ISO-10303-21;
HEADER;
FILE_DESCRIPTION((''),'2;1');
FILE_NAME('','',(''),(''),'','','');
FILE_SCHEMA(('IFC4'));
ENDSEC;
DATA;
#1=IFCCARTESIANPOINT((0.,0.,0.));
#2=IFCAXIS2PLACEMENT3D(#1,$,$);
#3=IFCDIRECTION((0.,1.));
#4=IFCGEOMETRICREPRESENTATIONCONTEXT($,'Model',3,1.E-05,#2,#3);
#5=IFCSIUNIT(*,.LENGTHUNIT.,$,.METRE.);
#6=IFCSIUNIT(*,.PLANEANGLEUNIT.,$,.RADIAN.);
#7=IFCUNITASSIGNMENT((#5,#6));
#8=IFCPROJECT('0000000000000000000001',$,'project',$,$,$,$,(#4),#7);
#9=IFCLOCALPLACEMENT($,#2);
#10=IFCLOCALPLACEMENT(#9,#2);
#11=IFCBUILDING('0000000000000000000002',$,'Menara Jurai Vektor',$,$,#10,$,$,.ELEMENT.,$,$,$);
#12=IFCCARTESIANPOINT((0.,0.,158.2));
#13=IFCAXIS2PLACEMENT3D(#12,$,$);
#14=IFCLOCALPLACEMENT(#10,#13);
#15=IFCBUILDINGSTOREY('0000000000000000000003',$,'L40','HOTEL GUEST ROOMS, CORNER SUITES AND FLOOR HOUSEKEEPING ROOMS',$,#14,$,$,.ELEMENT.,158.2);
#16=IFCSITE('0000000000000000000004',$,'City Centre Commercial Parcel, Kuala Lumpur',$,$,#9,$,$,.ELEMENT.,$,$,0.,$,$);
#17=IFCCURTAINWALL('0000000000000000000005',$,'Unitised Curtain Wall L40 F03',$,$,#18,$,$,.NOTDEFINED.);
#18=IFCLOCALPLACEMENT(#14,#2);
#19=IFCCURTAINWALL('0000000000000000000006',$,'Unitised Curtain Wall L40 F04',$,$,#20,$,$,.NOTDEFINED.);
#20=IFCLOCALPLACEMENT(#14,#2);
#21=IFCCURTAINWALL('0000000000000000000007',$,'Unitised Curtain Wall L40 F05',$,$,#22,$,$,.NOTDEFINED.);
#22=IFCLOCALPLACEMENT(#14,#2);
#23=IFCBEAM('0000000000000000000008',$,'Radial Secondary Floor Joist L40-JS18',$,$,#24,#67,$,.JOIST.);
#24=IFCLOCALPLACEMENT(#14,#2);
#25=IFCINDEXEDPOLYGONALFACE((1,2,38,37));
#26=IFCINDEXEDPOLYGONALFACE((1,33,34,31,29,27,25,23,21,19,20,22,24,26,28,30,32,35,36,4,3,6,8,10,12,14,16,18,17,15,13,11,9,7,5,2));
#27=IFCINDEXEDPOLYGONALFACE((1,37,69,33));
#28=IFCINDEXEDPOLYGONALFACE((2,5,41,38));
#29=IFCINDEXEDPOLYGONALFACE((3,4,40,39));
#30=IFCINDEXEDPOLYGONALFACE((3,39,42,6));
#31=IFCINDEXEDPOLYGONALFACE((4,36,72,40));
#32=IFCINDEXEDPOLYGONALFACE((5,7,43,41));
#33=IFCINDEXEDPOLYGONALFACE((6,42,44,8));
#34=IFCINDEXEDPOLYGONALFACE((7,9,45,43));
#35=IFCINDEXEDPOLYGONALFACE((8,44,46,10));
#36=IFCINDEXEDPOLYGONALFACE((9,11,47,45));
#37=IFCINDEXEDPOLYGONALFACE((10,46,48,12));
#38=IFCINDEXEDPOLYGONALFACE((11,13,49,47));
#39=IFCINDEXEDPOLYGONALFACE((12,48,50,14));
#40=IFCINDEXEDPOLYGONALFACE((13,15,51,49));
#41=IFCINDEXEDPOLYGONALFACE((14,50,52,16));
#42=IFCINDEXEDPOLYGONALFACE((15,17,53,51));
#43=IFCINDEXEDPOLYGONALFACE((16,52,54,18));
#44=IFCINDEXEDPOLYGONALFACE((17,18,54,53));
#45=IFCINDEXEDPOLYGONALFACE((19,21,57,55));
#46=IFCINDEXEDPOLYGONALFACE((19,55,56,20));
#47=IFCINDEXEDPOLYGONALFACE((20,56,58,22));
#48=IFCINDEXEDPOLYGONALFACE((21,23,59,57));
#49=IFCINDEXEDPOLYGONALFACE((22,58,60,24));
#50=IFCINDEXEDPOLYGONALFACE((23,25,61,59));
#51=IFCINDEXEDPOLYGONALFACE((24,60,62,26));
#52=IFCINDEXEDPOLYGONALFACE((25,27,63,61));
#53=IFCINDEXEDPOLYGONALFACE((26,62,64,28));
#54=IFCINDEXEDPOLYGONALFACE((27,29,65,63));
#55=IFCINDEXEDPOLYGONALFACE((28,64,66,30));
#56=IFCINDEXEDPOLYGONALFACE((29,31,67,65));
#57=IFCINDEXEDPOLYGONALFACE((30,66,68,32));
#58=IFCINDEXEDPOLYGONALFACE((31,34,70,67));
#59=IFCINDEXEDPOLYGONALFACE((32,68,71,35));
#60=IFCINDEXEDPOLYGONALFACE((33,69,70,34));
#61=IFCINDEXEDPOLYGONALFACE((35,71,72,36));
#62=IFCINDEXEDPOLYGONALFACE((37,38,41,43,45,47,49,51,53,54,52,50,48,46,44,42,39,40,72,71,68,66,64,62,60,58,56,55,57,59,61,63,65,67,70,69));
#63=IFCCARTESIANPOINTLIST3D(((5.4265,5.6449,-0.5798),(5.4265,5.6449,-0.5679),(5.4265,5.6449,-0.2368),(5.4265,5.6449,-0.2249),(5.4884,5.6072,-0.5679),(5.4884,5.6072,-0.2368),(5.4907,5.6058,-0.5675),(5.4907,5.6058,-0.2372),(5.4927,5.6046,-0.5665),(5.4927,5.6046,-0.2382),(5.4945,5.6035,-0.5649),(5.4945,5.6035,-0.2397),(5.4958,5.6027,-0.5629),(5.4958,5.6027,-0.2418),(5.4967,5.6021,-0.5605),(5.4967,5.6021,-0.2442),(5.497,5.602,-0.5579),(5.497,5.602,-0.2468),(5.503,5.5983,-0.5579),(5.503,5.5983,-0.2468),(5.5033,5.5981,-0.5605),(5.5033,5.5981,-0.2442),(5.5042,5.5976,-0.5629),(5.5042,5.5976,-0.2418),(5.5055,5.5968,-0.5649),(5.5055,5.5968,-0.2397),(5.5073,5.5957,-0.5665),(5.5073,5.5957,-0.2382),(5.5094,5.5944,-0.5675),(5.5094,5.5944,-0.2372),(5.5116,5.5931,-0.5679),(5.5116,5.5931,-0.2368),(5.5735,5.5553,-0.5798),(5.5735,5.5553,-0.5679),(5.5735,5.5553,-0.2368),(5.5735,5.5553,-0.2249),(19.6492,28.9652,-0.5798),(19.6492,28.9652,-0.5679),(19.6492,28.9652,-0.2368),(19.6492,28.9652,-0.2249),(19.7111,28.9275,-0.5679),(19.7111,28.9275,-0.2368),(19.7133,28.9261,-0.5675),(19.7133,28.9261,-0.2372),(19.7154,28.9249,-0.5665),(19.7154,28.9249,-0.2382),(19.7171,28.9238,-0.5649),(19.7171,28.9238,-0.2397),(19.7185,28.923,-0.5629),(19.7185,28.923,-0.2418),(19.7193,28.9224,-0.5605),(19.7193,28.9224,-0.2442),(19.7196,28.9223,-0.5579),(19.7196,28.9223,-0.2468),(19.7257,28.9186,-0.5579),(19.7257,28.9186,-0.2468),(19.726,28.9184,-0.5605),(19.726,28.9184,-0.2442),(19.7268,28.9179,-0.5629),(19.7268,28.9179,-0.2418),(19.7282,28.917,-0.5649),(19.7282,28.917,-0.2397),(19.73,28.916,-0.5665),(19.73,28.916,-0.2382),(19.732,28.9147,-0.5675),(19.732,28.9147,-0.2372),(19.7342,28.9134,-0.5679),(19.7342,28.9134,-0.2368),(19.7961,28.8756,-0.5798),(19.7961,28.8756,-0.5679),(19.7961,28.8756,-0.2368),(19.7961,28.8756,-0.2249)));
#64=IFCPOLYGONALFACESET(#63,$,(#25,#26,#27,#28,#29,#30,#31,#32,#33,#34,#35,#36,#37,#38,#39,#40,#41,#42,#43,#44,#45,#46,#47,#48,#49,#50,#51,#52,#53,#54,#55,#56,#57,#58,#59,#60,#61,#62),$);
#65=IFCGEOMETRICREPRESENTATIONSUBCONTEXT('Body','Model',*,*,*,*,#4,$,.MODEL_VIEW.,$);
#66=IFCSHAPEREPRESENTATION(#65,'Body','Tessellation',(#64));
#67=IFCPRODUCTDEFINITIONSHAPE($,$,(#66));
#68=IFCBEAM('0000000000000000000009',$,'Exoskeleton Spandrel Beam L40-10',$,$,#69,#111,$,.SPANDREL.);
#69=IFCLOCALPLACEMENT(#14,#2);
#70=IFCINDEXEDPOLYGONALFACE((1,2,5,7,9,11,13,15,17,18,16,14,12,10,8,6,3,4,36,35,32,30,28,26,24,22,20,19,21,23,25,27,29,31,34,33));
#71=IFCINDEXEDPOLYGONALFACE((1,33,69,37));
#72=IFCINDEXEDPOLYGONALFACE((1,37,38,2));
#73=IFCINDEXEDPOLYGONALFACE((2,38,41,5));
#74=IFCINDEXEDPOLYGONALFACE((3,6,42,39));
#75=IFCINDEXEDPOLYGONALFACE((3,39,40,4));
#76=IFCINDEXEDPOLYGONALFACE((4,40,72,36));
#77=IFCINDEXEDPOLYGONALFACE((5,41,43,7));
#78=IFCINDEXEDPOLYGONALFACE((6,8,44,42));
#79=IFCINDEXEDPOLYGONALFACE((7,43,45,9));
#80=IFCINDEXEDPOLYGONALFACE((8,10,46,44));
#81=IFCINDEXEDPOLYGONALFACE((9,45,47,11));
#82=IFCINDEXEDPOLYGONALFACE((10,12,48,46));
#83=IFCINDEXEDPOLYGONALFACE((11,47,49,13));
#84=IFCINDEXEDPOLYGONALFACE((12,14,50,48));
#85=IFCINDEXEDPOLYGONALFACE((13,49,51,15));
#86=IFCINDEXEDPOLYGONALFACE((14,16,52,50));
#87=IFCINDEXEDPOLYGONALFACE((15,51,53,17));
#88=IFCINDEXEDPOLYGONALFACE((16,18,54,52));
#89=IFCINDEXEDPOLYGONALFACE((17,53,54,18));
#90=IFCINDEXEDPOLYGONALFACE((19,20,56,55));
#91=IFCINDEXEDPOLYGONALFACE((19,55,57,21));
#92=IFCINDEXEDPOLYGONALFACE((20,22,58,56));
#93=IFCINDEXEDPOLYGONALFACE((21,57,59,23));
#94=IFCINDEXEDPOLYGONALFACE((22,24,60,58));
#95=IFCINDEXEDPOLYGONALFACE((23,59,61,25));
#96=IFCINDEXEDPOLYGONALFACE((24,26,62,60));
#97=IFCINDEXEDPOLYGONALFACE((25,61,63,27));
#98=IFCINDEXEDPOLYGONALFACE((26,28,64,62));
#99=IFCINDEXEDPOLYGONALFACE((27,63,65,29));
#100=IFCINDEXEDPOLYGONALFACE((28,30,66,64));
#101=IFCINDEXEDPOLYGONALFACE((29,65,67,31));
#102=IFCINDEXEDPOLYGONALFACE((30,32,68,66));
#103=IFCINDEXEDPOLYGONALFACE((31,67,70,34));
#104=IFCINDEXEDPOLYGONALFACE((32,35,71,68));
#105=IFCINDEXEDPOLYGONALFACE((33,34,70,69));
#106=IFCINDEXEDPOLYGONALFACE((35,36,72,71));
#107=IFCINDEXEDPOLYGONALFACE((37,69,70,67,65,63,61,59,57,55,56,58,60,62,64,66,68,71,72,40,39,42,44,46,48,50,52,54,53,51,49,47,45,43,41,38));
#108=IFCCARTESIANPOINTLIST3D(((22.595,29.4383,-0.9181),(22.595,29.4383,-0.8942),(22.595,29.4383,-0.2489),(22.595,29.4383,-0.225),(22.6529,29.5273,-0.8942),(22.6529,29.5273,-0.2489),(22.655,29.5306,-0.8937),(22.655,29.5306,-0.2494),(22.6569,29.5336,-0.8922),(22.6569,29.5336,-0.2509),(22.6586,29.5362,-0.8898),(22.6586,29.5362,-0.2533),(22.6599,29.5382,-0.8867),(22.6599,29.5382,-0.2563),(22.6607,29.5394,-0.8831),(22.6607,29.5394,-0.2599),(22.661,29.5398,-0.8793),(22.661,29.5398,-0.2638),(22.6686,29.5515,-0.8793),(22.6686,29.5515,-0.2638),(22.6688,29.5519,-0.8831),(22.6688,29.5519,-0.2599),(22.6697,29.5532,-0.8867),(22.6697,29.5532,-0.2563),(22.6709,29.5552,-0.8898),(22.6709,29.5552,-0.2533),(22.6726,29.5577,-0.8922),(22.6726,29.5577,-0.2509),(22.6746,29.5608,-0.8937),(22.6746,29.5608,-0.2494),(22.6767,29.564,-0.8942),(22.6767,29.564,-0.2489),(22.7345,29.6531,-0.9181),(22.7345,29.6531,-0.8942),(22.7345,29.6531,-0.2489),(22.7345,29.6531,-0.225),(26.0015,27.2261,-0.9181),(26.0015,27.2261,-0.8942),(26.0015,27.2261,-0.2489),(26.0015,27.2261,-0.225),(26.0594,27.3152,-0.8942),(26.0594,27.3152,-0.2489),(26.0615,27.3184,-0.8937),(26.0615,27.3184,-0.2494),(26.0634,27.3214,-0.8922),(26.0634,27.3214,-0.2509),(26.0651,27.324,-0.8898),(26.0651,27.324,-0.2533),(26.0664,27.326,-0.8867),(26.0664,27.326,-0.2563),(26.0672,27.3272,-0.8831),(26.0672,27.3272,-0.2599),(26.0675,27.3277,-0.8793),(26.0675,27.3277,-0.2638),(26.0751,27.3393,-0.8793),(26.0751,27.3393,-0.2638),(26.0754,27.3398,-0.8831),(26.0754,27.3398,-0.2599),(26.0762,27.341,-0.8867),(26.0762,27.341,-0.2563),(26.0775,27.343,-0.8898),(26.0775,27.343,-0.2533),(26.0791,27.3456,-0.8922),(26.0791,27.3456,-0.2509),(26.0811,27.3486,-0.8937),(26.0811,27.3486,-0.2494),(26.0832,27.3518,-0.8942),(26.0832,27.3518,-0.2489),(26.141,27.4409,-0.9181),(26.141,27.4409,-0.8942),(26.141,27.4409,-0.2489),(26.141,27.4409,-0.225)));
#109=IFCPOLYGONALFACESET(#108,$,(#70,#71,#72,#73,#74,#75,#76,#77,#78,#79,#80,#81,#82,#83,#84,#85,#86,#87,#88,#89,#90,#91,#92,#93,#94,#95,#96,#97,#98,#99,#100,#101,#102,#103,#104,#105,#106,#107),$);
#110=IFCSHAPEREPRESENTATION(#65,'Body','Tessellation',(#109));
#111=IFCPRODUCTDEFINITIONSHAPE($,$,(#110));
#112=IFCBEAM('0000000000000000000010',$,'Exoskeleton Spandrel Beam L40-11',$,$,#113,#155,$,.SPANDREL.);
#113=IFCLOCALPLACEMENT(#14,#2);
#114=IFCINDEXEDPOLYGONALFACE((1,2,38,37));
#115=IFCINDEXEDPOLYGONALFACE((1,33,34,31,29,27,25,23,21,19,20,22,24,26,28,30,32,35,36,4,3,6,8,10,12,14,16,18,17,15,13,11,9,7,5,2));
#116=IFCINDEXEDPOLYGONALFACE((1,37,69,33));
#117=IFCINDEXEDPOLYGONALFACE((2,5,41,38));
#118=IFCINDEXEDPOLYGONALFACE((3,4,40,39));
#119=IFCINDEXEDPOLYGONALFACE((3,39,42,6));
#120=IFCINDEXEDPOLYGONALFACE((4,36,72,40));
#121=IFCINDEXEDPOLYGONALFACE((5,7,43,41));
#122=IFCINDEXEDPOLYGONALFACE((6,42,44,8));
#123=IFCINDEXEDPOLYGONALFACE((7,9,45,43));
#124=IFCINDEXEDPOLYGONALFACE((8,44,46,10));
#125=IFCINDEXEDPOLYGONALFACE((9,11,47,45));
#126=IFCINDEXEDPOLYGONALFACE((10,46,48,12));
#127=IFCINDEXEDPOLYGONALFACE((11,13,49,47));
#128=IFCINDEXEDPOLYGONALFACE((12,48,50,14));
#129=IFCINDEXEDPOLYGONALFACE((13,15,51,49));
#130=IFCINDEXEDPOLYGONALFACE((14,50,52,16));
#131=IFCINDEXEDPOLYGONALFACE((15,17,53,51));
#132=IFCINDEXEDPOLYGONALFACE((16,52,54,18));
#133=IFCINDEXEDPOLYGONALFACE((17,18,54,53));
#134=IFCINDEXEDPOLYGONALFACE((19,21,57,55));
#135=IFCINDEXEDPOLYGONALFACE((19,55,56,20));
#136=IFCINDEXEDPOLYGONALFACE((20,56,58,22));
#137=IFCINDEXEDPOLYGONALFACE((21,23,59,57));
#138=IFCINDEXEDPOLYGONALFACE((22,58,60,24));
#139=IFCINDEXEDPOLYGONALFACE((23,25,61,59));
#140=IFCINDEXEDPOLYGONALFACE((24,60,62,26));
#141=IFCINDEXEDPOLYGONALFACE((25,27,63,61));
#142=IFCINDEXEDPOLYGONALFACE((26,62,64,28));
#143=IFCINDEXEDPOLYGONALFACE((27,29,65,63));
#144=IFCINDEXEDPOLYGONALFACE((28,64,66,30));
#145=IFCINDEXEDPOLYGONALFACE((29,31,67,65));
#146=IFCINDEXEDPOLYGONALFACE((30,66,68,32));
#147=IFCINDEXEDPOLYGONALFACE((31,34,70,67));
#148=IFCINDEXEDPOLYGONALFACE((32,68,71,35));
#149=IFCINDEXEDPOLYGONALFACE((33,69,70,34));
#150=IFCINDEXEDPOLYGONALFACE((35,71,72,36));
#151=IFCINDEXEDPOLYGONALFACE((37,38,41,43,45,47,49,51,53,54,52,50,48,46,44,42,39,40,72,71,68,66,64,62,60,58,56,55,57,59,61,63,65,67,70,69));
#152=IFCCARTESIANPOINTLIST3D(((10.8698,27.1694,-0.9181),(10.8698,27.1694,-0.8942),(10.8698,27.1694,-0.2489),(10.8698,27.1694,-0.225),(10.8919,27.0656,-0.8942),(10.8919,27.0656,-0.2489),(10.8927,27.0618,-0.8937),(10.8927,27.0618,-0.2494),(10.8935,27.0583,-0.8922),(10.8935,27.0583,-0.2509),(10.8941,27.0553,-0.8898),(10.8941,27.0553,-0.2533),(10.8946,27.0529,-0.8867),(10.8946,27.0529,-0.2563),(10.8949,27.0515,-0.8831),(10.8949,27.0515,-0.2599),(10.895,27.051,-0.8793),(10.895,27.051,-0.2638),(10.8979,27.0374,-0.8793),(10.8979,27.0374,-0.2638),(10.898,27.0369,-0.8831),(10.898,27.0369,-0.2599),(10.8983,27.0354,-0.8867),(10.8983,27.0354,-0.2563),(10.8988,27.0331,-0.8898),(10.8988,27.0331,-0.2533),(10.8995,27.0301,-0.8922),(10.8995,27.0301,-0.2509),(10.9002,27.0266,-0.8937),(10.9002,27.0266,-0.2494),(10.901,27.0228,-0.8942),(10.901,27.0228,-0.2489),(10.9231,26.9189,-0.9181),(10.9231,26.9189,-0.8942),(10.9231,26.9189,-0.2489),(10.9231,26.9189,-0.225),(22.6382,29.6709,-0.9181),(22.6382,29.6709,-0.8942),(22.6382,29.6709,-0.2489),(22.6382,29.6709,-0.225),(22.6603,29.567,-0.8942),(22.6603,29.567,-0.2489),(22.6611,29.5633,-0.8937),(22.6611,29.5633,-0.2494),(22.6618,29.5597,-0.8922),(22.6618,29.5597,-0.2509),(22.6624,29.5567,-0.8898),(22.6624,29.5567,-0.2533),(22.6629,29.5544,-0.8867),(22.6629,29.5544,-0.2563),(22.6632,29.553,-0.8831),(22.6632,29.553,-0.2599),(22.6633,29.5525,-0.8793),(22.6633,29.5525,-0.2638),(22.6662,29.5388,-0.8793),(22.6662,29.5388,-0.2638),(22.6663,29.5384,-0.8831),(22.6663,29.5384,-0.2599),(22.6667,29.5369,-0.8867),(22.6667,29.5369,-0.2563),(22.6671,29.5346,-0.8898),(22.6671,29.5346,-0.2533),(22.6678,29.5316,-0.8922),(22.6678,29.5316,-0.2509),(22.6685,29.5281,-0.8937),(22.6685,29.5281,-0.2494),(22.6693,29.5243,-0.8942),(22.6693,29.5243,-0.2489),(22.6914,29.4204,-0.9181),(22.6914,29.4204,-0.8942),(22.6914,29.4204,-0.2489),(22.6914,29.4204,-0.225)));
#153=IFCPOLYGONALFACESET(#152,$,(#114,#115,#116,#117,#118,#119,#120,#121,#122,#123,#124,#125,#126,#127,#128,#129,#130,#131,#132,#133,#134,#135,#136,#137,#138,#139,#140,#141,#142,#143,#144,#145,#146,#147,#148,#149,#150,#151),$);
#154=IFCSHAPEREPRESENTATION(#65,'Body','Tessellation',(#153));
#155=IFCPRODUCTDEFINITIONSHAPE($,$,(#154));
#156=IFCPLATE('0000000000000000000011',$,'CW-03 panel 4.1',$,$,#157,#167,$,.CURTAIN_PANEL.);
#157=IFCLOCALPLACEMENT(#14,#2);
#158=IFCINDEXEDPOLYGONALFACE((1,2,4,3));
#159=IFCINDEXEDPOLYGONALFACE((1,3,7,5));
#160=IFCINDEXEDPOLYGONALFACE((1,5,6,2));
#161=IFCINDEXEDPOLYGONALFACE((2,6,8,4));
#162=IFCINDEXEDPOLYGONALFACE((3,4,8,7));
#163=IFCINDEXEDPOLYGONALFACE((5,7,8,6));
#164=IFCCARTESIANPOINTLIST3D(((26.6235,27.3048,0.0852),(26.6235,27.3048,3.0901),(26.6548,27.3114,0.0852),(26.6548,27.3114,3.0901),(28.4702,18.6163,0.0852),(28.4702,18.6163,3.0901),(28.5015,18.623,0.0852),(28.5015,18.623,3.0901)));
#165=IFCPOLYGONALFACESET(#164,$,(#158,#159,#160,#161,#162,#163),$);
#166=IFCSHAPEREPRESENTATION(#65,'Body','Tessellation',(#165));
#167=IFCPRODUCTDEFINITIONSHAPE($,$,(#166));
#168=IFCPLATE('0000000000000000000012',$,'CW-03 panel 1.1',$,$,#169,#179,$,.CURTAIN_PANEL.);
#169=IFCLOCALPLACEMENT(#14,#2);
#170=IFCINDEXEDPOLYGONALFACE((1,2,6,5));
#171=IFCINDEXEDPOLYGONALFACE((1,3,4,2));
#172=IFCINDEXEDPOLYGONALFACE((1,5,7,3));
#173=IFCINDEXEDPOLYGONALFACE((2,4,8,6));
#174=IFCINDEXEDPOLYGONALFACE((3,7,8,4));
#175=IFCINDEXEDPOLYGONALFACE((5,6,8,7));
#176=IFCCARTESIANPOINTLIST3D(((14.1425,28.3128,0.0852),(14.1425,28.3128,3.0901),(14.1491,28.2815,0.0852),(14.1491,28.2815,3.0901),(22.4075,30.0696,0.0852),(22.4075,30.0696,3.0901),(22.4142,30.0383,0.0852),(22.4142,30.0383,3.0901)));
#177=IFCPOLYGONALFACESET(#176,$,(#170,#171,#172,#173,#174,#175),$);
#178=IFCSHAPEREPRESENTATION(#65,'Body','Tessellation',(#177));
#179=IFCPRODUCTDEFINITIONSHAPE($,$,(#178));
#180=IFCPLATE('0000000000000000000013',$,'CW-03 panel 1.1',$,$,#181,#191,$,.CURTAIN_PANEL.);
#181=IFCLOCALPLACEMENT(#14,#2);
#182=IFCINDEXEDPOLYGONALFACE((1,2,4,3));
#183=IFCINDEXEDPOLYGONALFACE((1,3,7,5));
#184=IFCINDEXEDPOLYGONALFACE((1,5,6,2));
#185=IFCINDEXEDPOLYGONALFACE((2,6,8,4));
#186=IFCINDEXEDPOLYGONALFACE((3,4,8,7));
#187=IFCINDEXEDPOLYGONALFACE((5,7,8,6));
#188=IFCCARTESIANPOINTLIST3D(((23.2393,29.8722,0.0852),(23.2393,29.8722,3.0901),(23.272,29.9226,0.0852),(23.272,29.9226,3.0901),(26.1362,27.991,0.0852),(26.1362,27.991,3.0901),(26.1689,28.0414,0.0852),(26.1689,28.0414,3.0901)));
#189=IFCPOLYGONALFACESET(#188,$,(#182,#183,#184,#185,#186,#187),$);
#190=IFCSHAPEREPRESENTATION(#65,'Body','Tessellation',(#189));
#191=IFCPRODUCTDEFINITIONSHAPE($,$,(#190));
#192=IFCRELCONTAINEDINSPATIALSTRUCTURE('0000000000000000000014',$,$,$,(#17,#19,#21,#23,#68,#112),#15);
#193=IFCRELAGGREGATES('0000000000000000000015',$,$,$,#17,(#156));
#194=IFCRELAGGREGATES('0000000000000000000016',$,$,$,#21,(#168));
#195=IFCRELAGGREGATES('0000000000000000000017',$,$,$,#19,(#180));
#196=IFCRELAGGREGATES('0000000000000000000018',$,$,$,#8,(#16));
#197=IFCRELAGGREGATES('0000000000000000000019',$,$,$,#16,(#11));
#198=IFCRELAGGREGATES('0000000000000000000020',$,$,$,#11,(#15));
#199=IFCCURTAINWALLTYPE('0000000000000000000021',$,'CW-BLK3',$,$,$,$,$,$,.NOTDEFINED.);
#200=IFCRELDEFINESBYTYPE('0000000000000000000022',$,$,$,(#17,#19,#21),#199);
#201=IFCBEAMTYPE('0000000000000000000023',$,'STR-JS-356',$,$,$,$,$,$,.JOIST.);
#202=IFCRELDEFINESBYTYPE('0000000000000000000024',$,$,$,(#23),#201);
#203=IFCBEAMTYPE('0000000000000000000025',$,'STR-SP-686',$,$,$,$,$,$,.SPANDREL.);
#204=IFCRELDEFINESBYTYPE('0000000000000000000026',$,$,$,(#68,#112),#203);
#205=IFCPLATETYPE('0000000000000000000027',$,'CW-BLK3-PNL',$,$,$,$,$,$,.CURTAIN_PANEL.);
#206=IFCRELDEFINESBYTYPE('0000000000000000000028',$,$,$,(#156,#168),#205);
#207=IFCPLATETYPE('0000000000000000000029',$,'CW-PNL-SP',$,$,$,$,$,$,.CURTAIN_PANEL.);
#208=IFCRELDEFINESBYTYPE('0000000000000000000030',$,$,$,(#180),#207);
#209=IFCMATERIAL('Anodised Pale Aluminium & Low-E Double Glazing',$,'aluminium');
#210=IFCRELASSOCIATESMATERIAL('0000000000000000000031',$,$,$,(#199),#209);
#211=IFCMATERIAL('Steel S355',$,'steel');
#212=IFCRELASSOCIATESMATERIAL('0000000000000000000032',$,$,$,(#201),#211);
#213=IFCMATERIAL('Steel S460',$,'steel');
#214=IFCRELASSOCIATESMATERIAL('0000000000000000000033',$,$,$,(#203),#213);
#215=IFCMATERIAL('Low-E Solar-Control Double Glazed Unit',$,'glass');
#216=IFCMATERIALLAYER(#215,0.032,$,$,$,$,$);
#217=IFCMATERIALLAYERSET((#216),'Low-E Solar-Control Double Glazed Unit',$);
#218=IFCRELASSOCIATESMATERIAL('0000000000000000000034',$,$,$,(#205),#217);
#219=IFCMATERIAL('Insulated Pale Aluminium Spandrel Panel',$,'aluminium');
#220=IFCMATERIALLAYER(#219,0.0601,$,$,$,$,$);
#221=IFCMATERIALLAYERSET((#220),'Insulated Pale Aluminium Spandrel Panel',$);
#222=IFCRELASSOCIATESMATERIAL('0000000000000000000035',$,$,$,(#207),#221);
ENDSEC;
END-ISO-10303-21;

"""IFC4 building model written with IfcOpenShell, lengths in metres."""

from ifc_helpers import new_model, si_unit, direction, frame, origin, origin_2d, place, context, subcontext, project, spatial, rectangle, i_section, extrude, material, layer, layer_set, material_profile, profile_set, type_object, element, aggregate, save


model = new_model("IFC4")

# Units and contexts
model_context = context("Model", 3, precision=1e-05, world=origin(), true_north=direction((0.0, 1.0)))
body_context = subcontext(model_context, "Body", "Model", "MODEL_VIEW")
ifc_project = project(units=[si_unit("LENGTHUNIT", "METRE"), si_unit("PLANEANGLEUNIT", "RADIAN")], contexts=[model_context])

# Site, building, storey
site_placement = place(None, origin())
site = spatial("IfcSite", under=ifc_project, at=site_placement, Name="City Centre Commercial Parcel, Kuala Lumpur", CompositionType="ELEMENT", RefElevation=0.0)
building_placement = place(site_placement, origin())
building = spatial("IfcBuilding", under=site, at=building_placement, Name="Menara Jurai Vektor", CompositionType="ELEMENT")
storey_placement = place(building_placement, frame((0.0, 0.0, 158.2)))
storey = spatial("IfcBuildingStorey", under=building, at=storey_placement, Name="L40", Description="HOTEL GUEST ROOMS, CORNER SUITES AND FLOOR HOUSEKEEPING ROOMS", CompositionType="ELEMENT", Elevation=158.2)

# Shared definitions
ifc_material_1 = material(Name="Steel S460", Category="steel")

# Curtain wall
ifc_material_2 = material(Name="Anodised Pale Aluminium & Low-E Double Glazing", Category="aluminium")
curtain_wall_type = type_object("IfcCurtainWallType", Name="CW-BLK3", PredefinedType="NOTDEFINED", material=ifc_material_2)
curtain_wall_1_placement = place(storey_placement, origin())
curtain_wall_1 = element("IfcCurtainWall", 1, at=curtain_wall_1_placement, inside=storey, type_object=curtain_wall_type, Name="Unitised Curtain Wall L40 F03", PredefinedType="NOTDEFINED")

# Curtain wall
curtain_wall_2_placement = place(storey_placement, origin())
curtain_wall_2 = element("IfcCurtainWall", 2, at=curtain_wall_2_placement, inside=storey, type_object=curtain_wall_type, Name="Unitised Curtain Wall L40 F04", PredefinedType="NOTDEFINED")

# Curtain wall
curtain_wall_3_placement = place(storey_placement, origin())
curtain_wall_3 = element("IfcCurtainWall", 3, at=curtain_wall_3_placement, inside=storey, type_object=curtain_wall_type, Name="Unitised Curtain Wall L40 F05", PredefinedType="NOTDEFINED")

# Shared definitions
ifc_material_3 = material(Name="Steel S355", Category="steel")

# Beams
ifc_material_profile_1 = material_profile(ifc_material_3, i_section(OverallWidth=0.1721, OverallDepth=0.355, WebThickness=0.0071, FlangeThickness=0.012, FilletRadius=0.01, at=origin_2d()), Name="UKB 356x171x51")
ifc_profile_set_1 = profile_set([ifc_material_profile_1], Name="Steel S355")
beam_type_1 = type_object("IfcBeamType", Name="STR-JS-356", PredefinedType="JOIST", material=ifc_profile_set_1)
beam_1_placement = place(storey_placement, frame((19.7227, 28.9204, -0.4023), z_axis=(-0.520686, -0.853748, 0.0), x_axis=(0.853748, -0.520686, 0.0)))
element("IfcBeam", 4, at=beam_1_placement, inside=storey, type_object=beam_type_1, Name="Radial Secondary Floor Joist L40-JS18", PredefinedType="JOIST", context=body_context, shape_type="SweptSolid", body=[
    extrude(i_section(OverallWidth=0.1721, OverallDepth=0.355, WebThickness=0.0071, FlangeThickness=0.012, FilletRadius=0.01, at=origin_2d()), origin(), (0.0, 0.0, 1.0), 27.3152),
])
ifc_material_profile_2 = material_profile(ifc_material_1, i_section(OverallWidth=0.2561, OverallDepth=0.6931, WebThickness=0.0139, FlangeThickness=0.0239, FilletRadius=0.0149, at=origin_2d()), Name="UKB 686x254x170")
ifc_profile_set_2 = profile_set([ifc_material_profile_2], Name="Steel S460")
beam_type_2 = type_object("IfcBeamType", Name="STR-SP-686", PredefinedType="SPANDREL", material=ifc_profile_set_2)
beam_2_placement = place(storey_placement, frame((26.0713, 27.3335, -0.5715), z_axis=(-0.838676, 0.544631, 0.0), x_axis=(-0.544631, -0.838676, 0.0)))
element("IfcBeam", 5, at=beam_2_placement, inside=storey, type_object=beam_type_2, Name="Exoskeleton Spandrel Beam L40-10", PredefinedType="SPANDREL", context=body_context, shape_type="SweptSolid", body=[
    extrude(i_section(OverallWidth=0.2561, OverallDepth=0.6931, WebThickness=0.0139, FlangeThickness=0.0239, FilletRadius=0.0149, at=origin_2d()), origin(), (0.0, 0.0, 1.0), 4.0618),
])
beam_3_placement = place(storey_placement, frame((22.6648, 29.5457, -0.5715), z_axis=(-0.978147, -0.207914, 0.0), x_axis=(0.207914, -0.978147, 0.0)))
element("IfcBeam", 6, at=beam_3_placement, inside=storey, type_object=beam_type_2, Name="Exoskeleton Spandrel Beam L40-11", PredefinedType="SPANDREL", context=body_context, shape_type="SweptSolid", body=[
    extrude(i_section(OverallWidth=0.2561, OverallDepth=0.6931, WebThickness=0.0139, FlangeThickness=0.0239, FilletRadius=0.0149, at=origin_2d()), origin(), (0.0, 0.0, 1.0), 12.0312),
])

# Plates
ifc_material_4 = material(Name="Low-E Solar-Control Double Glazed Unit", Category="glass")
ifc_layer_1 = layer(ifc_material_4, 0.032)
ifc_layer_set_1 = layer_set([ifc_layer_1], Name="Low-E Solar-Control Double Glazed Unit")
plate_type_1 = type_object("IfcPlateType", Name="CW-BLK3-PNL", PredefinedType="CURTAIN_PANEL", material=ifc_layer_set_1)
plate_1_placement = place(storey_placement, frame((27.5625, 22.9639, 0.0852), z_axis=(0.0, 0.0, 1.0), x_axis=(-0.20791, 0.978148, 0.0)))
plate_1 = element("IfcPlate", 7, at=plate_1_placement, type_object=plate_type_1, Name="CW-03 panel 4.1", PredefinedType="CURTAIN_PANEL", context=body_context, shape_type="SweptSolid", body=[
    extrude(rectangle(XDim=8.8826, YDim=0.032, at=origin_2d()), origin(), (0.0, 0.0, 1.0), 3.0049),
])
aggregate(curtain_wall_1, [plate_1])
plate_2_placement = place(storey_placement, frame((18.2783, 29.1755, 0.0852), z_axis=(0.0, 0.0, 1.0), x_axis=(-0.978148, -0.207911, 0.0)))
plate_2 = element("IfcPlate", 8, at=plate_2_placement, type_object=plate_type_1, Name="CW-03 panel 1.1", PredefinedType="CURTAIN_PANEL", context=body_context, shape_type="SweptSolid", body=[
    extrude(rectangle(XDim=8.4497, YDim=0.032, at=origin_2d()), origin(), (0.0, 0.0, 1.0), 3.0049),
])
aggregate(curtain_wall_3, [plate_2])
ifc_material_5 = material(Name="Insulated Pale Aluminium Spandrel Panel", Category="aluminium")
ifc_layer_2 = layer(ifc_material_5, 0.0601)
ifc_layer_set_2 = layer_set([ifc_layer_2], Name="Insulated Pale Aluminium Spandrel Panel")
plate_type_2 = type_object("IfcPlateType", Name="CW-PNL-SP", PredefinedType="CURTAIN_PANEL", material=ifc_layer_set_2)
plate_3_placement = place(storey_placement, frame((24.7041, 28.9568, 0.0852), z_axis=(0.0, 0.0, 1.0), x_axis=(-0.838684, 0.544618, 0.0)))
plate_3 = element("IfcPlate", 9, at=plate_3_placement, type_object=plate_type_2, Name="CW-03 panel 1.1", PredefinedType="CURTAIN_PANEL", context=body_context, shape_type="SweptSolid", body=[
    extrude(rectangle(XDim=3.4541, YDim=0.0601, at=origin_2d()), origin(), (0.0, 0.0, 1.0), 3.0049),
])
aggregate(curtain_wall_2, [plate_3])

save(model, "model.ifc")
